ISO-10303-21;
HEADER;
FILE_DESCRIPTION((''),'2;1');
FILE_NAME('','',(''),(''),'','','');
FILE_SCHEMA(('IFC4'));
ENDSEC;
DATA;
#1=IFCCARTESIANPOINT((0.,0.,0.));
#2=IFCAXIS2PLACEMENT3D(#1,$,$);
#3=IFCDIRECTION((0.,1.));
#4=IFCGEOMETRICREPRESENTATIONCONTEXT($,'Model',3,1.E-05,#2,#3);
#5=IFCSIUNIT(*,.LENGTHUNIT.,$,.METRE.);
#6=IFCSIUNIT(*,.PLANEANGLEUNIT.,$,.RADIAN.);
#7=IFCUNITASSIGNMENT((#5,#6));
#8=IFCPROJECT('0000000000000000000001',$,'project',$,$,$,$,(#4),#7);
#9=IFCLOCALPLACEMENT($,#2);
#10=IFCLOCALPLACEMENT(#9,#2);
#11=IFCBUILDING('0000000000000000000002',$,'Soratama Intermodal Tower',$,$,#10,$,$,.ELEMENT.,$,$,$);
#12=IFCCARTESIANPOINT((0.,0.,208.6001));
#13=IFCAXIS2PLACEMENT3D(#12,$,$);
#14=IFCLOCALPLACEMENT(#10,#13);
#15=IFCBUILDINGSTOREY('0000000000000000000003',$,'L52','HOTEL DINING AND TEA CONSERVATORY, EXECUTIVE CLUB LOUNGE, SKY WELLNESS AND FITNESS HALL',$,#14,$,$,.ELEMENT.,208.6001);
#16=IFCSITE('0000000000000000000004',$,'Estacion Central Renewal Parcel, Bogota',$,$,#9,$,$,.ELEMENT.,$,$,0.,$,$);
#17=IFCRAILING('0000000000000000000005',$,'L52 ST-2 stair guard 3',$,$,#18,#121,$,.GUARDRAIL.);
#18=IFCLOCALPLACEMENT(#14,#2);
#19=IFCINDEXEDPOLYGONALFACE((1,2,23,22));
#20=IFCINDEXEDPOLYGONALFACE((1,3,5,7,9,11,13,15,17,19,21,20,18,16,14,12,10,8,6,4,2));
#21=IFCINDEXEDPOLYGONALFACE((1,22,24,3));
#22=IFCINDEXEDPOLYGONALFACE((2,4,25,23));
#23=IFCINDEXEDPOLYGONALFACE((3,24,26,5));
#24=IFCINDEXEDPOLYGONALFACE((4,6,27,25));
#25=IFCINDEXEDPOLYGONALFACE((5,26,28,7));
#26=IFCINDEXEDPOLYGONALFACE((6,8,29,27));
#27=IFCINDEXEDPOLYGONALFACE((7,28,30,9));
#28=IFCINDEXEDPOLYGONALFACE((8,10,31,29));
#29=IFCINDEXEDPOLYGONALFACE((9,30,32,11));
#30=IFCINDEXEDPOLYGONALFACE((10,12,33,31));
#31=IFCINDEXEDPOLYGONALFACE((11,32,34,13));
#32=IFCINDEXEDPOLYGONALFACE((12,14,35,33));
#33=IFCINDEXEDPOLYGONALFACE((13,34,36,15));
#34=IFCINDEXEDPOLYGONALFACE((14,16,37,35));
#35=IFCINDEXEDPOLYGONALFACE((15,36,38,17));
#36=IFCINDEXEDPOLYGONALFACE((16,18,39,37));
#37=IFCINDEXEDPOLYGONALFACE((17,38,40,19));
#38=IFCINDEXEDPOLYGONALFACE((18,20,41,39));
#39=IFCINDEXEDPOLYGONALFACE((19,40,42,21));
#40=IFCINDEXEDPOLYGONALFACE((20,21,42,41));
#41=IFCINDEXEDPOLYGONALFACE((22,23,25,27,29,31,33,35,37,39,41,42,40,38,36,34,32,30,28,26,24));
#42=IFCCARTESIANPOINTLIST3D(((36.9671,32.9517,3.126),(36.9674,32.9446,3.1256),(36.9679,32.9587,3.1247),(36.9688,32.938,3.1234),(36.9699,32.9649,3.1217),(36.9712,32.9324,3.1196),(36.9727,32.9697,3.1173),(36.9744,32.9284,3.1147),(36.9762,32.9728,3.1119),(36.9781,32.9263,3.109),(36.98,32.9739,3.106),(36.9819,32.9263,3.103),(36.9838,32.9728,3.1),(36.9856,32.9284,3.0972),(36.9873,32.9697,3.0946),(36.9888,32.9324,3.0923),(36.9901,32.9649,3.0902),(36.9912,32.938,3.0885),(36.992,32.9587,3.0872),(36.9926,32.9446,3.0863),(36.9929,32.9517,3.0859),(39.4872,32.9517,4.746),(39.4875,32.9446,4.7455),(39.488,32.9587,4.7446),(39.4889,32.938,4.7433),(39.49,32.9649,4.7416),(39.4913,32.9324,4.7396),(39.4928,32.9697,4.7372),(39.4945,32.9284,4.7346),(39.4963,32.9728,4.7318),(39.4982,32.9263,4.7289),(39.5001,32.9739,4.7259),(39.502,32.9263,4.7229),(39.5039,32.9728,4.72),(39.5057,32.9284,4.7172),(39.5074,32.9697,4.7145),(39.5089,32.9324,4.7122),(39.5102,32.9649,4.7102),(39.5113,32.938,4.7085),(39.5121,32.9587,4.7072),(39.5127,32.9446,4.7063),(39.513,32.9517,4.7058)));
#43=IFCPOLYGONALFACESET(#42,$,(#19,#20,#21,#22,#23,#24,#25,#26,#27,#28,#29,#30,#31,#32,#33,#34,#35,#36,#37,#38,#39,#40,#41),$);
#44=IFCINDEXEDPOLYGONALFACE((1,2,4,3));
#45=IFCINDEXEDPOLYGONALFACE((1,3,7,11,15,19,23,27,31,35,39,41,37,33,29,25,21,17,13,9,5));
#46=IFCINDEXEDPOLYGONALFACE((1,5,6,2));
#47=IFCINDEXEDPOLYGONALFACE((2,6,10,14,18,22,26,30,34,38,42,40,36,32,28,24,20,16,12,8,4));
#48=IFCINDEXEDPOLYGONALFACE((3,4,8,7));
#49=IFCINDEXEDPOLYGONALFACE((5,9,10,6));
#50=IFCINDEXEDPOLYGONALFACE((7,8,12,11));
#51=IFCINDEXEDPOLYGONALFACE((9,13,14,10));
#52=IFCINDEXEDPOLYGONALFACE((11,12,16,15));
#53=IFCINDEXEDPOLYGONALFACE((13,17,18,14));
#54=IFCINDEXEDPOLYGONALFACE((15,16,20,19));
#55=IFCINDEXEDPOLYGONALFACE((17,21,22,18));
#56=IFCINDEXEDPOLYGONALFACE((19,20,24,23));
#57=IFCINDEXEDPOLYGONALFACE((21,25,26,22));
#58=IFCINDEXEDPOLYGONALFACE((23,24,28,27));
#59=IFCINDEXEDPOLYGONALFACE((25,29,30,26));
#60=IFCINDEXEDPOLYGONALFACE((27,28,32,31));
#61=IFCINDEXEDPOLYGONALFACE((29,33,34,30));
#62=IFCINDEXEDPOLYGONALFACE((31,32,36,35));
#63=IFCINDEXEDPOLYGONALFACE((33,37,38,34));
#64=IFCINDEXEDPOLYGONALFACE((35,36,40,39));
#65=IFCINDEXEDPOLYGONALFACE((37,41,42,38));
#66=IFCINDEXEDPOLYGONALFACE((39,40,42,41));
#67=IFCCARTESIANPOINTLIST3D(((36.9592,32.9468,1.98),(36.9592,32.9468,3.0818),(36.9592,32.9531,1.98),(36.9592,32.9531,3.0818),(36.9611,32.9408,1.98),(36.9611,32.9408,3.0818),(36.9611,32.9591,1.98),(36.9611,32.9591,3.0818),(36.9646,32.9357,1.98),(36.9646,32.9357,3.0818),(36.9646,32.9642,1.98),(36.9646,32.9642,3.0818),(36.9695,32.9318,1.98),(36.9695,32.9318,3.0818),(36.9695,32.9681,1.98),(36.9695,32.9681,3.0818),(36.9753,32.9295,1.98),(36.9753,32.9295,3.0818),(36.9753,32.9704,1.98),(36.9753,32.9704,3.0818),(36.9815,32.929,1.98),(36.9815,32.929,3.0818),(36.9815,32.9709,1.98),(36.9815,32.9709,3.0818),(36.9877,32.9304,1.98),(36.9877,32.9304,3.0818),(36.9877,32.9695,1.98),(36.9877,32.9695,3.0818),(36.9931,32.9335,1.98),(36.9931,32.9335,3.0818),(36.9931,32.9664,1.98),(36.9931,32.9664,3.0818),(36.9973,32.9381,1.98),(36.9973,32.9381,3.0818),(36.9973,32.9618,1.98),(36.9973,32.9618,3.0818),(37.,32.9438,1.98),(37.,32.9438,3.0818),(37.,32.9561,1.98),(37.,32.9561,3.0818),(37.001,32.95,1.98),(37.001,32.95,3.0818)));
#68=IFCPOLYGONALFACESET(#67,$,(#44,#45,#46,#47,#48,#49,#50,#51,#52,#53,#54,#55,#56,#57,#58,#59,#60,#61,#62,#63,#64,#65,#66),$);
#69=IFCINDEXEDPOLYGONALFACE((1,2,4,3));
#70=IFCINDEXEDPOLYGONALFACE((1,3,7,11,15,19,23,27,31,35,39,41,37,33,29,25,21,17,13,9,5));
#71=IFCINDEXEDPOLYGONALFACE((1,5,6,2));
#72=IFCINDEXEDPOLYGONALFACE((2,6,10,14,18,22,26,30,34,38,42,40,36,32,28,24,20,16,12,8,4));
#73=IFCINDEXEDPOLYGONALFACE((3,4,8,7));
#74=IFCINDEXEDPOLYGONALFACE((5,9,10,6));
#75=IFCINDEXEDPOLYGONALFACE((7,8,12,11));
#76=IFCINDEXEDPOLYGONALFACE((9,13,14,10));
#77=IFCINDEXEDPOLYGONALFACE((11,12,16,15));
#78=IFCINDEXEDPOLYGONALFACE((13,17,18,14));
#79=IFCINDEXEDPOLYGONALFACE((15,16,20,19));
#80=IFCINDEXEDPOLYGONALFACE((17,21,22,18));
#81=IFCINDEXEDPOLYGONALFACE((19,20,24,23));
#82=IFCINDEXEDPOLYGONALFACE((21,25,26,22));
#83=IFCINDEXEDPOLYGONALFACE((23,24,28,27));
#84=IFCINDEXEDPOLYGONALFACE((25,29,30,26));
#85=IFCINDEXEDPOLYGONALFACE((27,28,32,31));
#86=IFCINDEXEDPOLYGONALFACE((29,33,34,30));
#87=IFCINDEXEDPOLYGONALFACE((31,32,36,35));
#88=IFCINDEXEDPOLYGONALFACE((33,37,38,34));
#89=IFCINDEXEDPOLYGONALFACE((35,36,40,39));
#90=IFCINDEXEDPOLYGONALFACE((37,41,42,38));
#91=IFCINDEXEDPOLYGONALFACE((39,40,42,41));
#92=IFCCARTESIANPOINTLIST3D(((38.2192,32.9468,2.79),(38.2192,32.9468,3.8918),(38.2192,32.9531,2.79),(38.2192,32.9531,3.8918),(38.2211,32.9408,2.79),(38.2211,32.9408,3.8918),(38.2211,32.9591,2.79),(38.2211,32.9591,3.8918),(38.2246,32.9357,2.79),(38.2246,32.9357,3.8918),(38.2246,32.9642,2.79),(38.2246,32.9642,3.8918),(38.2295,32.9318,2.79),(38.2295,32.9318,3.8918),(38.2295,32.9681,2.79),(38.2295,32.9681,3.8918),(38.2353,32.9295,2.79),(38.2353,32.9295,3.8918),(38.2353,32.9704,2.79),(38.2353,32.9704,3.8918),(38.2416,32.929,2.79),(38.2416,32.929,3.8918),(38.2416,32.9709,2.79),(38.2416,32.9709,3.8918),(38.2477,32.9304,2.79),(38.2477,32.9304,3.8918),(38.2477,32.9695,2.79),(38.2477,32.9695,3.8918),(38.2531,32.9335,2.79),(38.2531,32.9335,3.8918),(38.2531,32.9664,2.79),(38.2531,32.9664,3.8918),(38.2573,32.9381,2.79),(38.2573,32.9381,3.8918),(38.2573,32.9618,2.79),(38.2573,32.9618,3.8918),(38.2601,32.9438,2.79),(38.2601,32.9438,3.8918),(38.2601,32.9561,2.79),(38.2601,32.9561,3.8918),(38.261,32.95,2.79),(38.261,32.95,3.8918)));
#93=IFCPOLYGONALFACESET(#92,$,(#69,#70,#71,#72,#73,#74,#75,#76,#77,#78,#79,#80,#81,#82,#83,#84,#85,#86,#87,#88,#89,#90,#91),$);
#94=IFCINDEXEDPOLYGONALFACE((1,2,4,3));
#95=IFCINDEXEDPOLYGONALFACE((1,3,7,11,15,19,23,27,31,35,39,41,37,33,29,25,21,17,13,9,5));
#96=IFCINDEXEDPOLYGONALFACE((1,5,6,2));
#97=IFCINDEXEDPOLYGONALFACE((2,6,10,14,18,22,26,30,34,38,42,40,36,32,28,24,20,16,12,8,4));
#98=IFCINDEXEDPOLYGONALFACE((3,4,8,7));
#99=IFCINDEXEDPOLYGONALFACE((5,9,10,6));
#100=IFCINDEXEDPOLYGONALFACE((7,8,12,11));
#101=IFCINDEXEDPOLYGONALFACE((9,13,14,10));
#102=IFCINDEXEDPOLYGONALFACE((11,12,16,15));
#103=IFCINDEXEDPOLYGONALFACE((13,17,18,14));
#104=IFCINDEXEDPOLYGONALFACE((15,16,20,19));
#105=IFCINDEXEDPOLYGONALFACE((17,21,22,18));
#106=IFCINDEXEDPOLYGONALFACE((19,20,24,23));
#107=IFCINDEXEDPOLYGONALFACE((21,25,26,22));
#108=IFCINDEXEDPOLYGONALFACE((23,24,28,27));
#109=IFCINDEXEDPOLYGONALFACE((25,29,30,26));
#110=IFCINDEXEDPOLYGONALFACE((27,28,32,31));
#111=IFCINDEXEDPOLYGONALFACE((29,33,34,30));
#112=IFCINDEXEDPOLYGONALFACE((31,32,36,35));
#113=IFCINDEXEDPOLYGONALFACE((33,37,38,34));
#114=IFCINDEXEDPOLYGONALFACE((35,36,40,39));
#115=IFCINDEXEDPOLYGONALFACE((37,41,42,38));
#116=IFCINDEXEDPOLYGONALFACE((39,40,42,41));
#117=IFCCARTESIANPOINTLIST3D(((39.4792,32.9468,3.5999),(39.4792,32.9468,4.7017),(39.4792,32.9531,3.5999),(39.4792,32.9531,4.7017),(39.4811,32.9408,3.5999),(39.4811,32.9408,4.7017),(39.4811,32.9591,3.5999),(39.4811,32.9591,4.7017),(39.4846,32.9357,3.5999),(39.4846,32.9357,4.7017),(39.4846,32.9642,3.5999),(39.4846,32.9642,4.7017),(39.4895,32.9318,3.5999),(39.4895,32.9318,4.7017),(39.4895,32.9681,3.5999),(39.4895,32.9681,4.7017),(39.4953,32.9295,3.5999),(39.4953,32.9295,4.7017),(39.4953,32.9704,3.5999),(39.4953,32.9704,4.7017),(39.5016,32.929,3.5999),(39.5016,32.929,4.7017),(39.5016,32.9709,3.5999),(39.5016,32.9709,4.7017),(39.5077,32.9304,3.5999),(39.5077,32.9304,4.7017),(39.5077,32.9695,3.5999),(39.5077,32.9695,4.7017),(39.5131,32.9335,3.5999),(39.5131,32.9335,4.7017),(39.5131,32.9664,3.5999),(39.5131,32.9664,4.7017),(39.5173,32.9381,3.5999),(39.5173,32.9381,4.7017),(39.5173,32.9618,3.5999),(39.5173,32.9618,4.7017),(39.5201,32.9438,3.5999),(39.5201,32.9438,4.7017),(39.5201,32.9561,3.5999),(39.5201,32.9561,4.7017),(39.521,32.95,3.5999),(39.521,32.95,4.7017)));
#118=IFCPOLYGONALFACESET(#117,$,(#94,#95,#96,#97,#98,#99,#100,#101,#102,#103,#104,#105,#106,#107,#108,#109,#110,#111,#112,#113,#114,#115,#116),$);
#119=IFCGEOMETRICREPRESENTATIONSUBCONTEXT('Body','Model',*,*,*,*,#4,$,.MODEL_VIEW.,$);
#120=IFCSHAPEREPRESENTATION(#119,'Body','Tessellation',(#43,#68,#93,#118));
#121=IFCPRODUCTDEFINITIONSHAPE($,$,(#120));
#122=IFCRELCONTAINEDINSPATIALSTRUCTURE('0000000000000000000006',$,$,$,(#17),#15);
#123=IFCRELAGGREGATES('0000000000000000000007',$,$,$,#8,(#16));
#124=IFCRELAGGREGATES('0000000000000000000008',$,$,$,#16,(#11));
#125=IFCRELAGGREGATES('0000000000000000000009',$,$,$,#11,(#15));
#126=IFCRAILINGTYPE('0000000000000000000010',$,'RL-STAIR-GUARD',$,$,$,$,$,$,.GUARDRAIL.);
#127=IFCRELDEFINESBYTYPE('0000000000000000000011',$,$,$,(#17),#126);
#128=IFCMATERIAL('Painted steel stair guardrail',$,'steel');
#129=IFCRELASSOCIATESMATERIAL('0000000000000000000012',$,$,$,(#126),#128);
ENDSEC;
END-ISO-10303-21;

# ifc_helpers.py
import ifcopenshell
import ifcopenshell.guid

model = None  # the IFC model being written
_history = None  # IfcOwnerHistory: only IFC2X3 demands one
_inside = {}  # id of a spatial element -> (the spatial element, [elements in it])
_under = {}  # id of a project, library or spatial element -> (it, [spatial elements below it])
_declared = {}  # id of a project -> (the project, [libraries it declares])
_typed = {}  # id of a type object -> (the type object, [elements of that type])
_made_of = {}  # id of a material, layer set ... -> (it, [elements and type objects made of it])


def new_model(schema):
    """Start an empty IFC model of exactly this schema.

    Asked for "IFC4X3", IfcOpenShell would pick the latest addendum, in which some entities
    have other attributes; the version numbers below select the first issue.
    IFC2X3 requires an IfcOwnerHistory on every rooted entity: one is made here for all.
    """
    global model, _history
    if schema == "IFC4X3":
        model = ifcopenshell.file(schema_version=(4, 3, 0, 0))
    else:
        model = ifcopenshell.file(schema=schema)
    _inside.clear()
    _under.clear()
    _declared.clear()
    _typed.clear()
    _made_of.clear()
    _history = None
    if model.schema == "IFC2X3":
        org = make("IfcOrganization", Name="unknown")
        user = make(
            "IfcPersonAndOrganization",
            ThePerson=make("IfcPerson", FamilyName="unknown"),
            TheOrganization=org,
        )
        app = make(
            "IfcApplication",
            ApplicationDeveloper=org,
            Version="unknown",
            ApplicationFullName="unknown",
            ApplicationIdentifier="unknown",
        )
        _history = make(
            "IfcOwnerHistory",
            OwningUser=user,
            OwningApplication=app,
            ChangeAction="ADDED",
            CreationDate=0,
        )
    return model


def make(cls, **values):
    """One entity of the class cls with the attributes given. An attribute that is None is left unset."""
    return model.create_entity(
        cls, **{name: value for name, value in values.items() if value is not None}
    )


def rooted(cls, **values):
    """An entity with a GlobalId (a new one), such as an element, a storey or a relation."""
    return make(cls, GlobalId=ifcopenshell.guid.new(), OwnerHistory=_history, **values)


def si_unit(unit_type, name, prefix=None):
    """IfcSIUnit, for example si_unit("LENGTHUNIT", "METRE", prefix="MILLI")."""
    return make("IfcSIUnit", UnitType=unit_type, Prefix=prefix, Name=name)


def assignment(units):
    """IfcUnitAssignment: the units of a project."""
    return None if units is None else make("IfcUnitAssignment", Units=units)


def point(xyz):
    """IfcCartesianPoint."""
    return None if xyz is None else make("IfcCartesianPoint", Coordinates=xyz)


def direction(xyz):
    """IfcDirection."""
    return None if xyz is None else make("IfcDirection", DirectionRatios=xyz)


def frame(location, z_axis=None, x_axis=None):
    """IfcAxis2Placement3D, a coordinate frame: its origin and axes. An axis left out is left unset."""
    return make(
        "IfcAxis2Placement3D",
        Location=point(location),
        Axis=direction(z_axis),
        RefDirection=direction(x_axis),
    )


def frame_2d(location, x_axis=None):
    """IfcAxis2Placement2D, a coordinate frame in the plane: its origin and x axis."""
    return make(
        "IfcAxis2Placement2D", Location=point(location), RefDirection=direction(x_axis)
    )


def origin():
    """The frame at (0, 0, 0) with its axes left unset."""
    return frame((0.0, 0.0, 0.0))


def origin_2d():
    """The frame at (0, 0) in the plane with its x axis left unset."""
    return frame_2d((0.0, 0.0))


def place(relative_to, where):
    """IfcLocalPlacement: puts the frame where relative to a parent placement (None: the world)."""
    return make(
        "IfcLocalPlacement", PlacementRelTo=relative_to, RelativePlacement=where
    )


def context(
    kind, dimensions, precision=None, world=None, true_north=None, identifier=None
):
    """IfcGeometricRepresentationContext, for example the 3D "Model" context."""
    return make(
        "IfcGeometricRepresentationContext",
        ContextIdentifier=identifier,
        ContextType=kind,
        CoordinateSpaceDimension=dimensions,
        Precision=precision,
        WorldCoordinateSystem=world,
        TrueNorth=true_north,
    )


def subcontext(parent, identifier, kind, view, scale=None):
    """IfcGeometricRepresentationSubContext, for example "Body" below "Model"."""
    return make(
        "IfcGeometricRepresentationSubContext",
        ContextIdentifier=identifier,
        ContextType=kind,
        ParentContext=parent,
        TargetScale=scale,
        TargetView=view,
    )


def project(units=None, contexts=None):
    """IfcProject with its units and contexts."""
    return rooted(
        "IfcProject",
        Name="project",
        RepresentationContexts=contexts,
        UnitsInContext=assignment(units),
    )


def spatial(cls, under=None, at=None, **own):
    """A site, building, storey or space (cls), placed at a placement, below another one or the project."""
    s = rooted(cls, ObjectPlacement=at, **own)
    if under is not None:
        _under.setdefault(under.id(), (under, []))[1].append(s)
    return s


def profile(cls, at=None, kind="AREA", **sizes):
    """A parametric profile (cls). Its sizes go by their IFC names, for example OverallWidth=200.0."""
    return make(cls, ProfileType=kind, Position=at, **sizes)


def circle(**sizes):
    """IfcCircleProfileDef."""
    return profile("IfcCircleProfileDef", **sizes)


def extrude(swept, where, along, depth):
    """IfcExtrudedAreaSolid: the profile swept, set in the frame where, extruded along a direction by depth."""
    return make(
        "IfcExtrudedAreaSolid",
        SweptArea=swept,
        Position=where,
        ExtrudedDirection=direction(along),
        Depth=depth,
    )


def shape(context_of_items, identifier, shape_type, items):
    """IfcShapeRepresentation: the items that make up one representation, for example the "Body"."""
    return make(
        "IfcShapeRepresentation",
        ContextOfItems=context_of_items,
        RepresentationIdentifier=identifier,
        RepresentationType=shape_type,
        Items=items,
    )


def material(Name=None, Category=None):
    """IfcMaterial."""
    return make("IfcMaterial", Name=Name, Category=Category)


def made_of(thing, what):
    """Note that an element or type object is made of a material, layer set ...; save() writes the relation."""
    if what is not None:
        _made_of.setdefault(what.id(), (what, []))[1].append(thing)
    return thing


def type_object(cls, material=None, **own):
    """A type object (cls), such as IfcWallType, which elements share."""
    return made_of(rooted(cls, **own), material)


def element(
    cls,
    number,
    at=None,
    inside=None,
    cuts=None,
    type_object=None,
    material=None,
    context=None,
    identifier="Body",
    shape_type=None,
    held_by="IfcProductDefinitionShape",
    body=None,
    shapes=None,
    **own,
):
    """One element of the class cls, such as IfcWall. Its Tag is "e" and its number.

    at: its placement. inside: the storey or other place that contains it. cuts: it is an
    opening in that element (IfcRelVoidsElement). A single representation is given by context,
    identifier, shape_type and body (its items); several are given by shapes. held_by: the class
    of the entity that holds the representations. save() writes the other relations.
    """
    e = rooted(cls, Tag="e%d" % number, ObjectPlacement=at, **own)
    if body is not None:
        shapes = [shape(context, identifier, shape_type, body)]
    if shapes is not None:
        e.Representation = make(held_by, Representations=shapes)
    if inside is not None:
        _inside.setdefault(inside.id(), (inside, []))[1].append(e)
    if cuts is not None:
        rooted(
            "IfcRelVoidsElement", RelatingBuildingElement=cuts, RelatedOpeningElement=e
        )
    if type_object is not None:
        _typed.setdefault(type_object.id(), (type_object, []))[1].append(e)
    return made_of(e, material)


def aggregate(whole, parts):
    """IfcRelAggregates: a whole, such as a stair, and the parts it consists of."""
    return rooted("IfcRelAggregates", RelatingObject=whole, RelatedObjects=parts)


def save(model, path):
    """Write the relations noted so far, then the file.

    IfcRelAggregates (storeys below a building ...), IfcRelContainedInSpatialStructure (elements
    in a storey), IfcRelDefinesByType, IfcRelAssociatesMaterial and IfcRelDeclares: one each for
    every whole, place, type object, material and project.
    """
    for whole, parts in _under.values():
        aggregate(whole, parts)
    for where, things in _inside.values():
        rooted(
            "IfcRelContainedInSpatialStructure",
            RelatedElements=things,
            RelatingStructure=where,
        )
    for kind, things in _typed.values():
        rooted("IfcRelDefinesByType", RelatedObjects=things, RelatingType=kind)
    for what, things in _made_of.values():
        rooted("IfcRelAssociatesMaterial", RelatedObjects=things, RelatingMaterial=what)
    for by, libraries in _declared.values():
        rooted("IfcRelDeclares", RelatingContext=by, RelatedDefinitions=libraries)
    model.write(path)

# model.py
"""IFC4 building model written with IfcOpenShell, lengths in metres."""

from ifc_helpers import new_model, si_unit, direction, frame, origin, origin_2d, place, context, subcontext, project, spatial, circle, extrude, material, type_object, element, save


model = new_model("IFC4")

# Units and contexts
model_context = context("Model", 3, precision=1e-05, world=origin(), true_north=direction((0.0, 1.0)))
body_context = subcontext(model_context, "Body", "Model", "MODEL_VIEW")
ifc_project = project(units=[si_unit("LENGTHUNIT", "METRE"), si_unit("PLANEANGLEUNIT", "RADIAN")], contexts=[model_context])

# Site, building, storey
site_placement = place(None, origin())
site = spatial("IfcSite", under=ifc_project, at=site_placement, Name="Estacion Central Renewal Parcel, Bogota", CompositionType="ELEMENT", RefElevation=0.0)
building_placement = place(site_placement, origin())
building = spatial("IfcBuilding", under=site, at=building_placement, Name="Soratama Intermodal Tower", CompositionType="ELEMENT")
storey_placement = place(building_placement, frame((0.0, 0.0, 208.6001)))
storey = spatial("IfcBuildingStorey", under=building, at=storey_placement, Name="L52", Description="HOTEL DINING AND TEA CONSERVATORY, EXECUTIVE CLUB LOUNGE, SKY WELLNESS AND FITNESS HALL", CompositionType="ELEMENT", Elevation=208.6001)

# Railing
ifc_material_1 = material(Name="Painted steel stair guardrail", Category="steel")
railing_type_1 = type_object("IfcRailingType", Name="RL-STAIR-GUARD", PredefinedType="GUARDRAIL", material=ifc_material_1)
railing_1_placement = place(storey_placement, frame((36.98, 32.95, 1.98)))
element("IfcRailing", 1, at=railing_1_placement, inside=storey, type_object=railing_type_1, Name="L52 ST-2 stair guard 3", PredefinedType="GUARDRAIL", context=body_context, shape_type="SweptSolid", body=[
    extrude(circle(Radius=0.0239, at=origin_2d()), frame((0.0, 0.0, 1.126), z_axis=(0.8412, 0.0, 0.540725), x_axis=(0.0, 1.0, 0.0)), (0.0, 0.0, 1.0), 2.9958),
    extrude(circle(Radius=0.021, at=origin_2d()), origin(), (0.0, 0.0, 1.0), 1.1018),
    extrude(circle(Radius=0.021, at=origin_2d()), frame((1.26, 0.0, 0.8101)), (0.0, 0.0, 1.0), 1.1018),
    extrude(circle(Radius=0.021, at=origin_2d()), frame((2.52, 0.0, 1.6199)), (0.0, 0.0, 1.0), 1.1018),
])

save(model, "model.ifc")
